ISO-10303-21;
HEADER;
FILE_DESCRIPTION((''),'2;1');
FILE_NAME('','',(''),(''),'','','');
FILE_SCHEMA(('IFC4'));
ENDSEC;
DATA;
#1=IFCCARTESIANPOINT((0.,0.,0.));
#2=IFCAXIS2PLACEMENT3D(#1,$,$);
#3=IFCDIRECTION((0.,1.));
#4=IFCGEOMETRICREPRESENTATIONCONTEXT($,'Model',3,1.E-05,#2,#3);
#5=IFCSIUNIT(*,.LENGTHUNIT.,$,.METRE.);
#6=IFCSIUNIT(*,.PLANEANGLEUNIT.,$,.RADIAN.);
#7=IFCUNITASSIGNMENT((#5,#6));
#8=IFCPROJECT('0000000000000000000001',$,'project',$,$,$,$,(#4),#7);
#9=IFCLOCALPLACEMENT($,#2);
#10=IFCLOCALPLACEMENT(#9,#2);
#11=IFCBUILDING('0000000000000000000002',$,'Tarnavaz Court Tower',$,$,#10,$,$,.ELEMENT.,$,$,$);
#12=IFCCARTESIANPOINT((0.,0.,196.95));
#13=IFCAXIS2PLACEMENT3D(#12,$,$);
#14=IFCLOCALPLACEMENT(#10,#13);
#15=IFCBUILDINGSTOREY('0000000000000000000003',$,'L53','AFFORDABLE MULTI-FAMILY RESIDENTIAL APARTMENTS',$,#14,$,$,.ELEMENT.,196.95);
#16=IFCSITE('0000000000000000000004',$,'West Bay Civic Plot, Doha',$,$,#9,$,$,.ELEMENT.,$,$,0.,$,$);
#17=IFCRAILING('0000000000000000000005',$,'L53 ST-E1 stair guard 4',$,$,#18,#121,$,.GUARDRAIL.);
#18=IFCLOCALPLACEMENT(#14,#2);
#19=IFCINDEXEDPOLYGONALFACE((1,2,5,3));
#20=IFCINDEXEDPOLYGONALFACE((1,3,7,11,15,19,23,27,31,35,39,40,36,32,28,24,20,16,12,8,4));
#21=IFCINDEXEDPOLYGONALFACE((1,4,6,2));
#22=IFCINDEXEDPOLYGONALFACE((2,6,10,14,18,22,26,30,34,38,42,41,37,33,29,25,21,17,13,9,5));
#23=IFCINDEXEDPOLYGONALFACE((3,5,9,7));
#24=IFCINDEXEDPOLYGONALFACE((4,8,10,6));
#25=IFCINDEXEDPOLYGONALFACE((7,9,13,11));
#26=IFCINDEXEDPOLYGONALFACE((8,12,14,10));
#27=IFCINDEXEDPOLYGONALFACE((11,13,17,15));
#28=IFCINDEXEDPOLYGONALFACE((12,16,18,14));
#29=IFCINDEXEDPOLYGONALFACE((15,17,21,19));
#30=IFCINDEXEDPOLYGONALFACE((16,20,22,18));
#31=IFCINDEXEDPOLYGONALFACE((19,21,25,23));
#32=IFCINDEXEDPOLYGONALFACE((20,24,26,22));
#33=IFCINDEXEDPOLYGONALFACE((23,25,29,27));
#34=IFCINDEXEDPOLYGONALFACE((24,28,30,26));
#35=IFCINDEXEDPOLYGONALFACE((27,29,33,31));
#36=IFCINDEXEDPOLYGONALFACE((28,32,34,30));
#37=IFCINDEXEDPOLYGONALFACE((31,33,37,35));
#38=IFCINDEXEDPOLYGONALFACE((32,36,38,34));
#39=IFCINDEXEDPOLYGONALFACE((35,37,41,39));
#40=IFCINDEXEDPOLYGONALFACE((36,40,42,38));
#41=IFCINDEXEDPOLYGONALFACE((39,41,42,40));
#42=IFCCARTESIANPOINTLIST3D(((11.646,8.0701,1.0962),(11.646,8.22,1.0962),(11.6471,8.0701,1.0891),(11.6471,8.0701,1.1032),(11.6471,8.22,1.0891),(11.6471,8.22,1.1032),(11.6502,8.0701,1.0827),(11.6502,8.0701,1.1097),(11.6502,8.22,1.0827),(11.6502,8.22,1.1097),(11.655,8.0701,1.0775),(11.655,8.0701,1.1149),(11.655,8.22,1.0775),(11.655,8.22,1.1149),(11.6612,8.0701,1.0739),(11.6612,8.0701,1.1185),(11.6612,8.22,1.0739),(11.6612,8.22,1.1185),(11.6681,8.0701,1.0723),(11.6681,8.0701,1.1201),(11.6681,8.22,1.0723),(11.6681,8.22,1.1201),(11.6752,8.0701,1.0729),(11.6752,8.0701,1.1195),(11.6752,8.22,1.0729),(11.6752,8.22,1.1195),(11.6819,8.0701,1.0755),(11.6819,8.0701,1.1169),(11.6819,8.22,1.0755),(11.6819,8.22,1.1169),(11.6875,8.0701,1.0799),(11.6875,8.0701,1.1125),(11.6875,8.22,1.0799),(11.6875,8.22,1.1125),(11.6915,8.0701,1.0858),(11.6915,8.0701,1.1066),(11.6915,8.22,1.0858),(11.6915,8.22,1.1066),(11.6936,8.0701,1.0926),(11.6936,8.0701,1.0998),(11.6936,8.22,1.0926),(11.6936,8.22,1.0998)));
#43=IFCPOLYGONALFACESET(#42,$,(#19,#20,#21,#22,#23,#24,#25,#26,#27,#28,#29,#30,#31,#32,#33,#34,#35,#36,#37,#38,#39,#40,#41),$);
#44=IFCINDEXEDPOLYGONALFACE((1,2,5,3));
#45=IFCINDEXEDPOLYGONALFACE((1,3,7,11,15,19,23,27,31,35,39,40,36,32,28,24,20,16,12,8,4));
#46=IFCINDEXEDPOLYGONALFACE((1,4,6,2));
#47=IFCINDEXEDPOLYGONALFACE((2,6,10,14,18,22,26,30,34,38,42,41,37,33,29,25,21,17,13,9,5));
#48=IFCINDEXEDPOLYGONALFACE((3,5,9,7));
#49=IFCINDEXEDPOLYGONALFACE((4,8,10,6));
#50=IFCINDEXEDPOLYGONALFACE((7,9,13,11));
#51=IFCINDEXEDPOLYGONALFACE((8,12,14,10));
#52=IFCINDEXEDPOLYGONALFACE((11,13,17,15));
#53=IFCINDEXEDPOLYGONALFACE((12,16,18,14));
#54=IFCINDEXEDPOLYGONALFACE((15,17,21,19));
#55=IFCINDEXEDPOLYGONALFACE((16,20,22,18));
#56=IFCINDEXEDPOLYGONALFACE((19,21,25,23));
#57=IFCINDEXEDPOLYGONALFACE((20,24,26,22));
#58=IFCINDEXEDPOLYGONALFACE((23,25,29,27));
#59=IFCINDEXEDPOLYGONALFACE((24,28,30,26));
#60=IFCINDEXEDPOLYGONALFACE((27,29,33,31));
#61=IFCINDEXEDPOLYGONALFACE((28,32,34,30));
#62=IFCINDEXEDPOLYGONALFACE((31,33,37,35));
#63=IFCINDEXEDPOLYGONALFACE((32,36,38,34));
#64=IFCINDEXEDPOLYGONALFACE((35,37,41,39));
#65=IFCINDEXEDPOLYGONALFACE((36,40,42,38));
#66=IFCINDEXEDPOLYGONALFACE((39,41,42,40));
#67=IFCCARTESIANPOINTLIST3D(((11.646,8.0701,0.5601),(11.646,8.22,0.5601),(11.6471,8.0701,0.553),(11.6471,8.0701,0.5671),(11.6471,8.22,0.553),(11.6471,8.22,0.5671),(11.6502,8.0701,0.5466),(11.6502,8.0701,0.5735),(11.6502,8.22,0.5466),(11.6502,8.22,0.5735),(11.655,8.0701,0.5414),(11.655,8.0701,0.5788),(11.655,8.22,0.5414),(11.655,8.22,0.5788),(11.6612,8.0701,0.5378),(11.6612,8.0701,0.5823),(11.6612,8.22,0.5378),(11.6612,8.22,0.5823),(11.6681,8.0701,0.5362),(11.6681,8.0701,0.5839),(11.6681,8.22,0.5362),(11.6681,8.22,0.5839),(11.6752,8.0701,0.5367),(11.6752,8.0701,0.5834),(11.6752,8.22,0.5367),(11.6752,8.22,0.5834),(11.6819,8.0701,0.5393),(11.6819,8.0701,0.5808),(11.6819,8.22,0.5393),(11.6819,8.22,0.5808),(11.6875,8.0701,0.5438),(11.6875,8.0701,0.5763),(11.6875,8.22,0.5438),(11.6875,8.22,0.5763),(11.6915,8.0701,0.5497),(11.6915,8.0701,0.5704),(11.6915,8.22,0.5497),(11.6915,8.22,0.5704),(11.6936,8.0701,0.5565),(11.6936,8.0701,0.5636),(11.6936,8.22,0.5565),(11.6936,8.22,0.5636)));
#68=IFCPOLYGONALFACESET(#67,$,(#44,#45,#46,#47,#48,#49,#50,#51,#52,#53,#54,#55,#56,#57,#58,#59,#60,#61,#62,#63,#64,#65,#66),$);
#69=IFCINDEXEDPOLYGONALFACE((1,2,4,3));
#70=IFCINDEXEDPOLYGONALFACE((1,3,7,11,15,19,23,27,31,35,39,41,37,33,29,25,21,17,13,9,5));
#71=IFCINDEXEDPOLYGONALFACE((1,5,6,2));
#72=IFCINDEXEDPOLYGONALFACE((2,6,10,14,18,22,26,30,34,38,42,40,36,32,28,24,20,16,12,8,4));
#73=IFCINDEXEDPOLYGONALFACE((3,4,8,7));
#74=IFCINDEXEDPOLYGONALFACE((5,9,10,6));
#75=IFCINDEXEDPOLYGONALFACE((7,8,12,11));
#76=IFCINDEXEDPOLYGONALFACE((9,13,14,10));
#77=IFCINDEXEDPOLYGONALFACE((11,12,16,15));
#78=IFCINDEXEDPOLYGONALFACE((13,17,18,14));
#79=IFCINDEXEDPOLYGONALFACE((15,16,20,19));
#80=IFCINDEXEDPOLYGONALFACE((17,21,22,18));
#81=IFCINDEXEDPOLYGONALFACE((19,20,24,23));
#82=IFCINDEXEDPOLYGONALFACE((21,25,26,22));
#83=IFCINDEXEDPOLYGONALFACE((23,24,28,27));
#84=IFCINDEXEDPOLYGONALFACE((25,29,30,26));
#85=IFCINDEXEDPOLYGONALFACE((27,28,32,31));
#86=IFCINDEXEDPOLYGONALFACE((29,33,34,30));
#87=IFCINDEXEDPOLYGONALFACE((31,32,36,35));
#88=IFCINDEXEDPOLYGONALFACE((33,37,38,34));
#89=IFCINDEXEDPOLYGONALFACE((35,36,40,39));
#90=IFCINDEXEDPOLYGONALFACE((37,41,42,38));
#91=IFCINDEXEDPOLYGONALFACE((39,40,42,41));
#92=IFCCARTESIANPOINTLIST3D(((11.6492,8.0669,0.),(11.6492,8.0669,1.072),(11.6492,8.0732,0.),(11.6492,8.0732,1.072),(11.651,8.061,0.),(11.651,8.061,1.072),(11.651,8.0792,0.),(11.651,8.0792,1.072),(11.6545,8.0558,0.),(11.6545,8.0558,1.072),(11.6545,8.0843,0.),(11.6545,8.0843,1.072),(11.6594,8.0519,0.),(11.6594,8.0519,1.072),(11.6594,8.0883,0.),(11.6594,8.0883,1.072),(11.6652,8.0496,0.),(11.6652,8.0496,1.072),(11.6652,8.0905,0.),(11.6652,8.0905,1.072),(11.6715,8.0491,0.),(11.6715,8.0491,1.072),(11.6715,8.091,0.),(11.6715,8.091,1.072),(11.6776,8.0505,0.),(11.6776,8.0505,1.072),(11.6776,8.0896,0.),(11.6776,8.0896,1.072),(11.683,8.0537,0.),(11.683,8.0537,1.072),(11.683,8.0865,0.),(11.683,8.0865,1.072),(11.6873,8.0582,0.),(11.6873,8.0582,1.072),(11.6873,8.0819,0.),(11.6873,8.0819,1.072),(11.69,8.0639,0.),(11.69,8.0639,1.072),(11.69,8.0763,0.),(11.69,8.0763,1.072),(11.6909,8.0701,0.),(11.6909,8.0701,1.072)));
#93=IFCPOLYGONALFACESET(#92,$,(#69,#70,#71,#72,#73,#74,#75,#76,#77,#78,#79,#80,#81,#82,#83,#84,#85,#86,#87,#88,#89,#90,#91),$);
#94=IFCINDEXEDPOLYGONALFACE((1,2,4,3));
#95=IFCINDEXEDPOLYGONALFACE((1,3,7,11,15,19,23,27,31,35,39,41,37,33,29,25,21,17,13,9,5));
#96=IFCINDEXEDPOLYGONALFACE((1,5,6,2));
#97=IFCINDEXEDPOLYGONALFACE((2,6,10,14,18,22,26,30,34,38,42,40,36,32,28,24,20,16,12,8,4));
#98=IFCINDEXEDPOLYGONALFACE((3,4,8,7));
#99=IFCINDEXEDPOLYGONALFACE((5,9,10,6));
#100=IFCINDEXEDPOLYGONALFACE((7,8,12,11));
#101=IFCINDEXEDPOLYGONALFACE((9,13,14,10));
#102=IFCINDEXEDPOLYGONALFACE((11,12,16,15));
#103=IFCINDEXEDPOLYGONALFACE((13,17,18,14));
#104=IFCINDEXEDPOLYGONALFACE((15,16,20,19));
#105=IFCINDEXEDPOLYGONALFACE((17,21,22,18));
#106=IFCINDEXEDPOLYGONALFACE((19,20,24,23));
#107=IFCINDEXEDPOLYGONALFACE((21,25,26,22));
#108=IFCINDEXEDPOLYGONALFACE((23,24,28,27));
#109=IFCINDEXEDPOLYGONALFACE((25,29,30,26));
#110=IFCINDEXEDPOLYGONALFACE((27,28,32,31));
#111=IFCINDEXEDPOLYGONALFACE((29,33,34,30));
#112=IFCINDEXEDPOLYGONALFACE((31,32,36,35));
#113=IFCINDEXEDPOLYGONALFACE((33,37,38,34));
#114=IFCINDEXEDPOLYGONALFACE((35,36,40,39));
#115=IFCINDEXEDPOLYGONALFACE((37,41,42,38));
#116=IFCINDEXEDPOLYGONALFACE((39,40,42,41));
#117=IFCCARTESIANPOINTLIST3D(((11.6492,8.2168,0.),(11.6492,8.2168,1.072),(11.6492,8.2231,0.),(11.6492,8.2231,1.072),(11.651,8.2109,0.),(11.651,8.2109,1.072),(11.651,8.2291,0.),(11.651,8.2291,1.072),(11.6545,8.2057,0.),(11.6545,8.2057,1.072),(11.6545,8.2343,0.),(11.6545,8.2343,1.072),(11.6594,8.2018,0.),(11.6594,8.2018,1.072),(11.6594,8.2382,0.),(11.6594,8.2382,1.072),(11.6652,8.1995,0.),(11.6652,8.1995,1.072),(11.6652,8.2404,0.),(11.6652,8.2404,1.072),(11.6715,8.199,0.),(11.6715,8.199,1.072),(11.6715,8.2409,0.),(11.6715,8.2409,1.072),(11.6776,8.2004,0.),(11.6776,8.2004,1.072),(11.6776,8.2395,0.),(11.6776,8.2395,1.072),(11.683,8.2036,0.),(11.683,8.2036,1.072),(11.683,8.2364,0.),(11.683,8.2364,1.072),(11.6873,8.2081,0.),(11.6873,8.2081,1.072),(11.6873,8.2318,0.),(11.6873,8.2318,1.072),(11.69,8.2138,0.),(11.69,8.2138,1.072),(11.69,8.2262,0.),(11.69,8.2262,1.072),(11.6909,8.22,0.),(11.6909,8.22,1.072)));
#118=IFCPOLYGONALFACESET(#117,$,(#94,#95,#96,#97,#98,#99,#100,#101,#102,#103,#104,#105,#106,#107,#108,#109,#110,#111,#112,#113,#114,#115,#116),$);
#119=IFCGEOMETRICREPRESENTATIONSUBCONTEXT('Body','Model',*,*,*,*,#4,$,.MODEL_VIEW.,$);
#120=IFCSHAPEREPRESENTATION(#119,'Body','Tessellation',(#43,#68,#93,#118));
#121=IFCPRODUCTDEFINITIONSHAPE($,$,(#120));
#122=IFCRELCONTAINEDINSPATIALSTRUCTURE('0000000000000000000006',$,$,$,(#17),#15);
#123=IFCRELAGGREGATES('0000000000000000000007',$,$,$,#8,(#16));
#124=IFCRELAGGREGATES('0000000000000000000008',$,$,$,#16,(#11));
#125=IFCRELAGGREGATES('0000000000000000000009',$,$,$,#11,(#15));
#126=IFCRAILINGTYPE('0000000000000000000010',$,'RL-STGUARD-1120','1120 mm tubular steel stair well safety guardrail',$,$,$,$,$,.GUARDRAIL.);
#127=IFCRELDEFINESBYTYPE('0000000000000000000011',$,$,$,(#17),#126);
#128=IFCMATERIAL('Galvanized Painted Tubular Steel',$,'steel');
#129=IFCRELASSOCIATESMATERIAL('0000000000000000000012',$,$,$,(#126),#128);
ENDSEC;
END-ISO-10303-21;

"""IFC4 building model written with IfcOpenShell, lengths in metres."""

from ifc_helpers import new_model, si_unit, direction, frame, origin, origin_2d, place, context, subcontext, project, spatial, circle, extrude, material, type_object, element, save


model = new_model("IFC4")

# Units and contexts
model_context = context("Model", 3, precision=1e-05, world=origin(), true_north=direction((0.0, 1.0)))
body_context = subcontext(model_context, "Body", "Model", "MODEL_VIEW")
ifc_project = project(units=[si_unit("LENGTHUNIT", "METRE"), si_unit("PLANEANGLEUNIT", "RADIAN")], contexts=[model_context])

# Site, building, storey
site_placement = place(None, origin())
site = spatial("IfcSite", under=ifc_project, at=site_placement, Name="West Bay Civic Plot, Doha", CompositionType="ELEMENT", RefElevation=0.0)
building_placement = place(site_placement, origin())
building = spatial("IfcBuilding", under=site, at=building_placement, Name="Tarnavaz Court Tower", CompositionType="ELEMENT")
storey_placement = place(building_placement, frame((0.0, 0.0, 196.95)))
storey = spatial("IfcBuildingStorey", under=building, at=storey_placement, Name="L53", Description="AFFORDABLE MULTI-FAMILY RESIDENTIAL APARTMENTS", CompositionType="ELEMENT", Elevation=196.95)

# Railing
ifc_material_1 = material(Name="Galvanized Painted Tubular Steel", Category="steel")
railing_type_1 = type_object("IfcRailingType", Name="RL-STGUARD-1120", Description="1120 mm tubular steel stair well safety guardrail", PredefinedType="GUARDRAIL", material=ifc_material_1)
railing_1_placement = place(storey_placement, frame((11.6699, 8.0701, 0.0)))
element("IfcRailing", 1, at=railing_1_placement, inside=storey, type_object=railing_type_1, Name="L53 ST-E1 stair guard 4", PredefinedType="GUARDRAIL", context=body_context, shape_type="SweptSolid", body=[
    extrude(circle(Radius=0.0239, at=origin_2d()), frame((0.0, 0.0, 1.0962), z_axis=(0.0, 1.0, 0.0), x_axis=(-1.0, 0.0, 0.0)), (0.0, 0.0, 1.0), 0.1499),
    extrude(circle(Radius=0.0239, at=origin_2d()), frame((0.0, 0.0, 0.5601), z_axis=(0.0, 1.0, 0.0), x_axis=(-1.0, 0.0, 0.0)), (0.0, 0.0, 1.0), 0.1499),
    extrude(circle(Radius=0.021, at=origin_2d()), origin(), (0.0, 0.0, 1.0), 1.072),
    extrude(circle(Radius=0.021, at=origin_2d()), frame((0.0, 0.1499, 0.0)), (0.0, 0.0, 1.0), 1.072),
])

save(model, "model.ifc")
